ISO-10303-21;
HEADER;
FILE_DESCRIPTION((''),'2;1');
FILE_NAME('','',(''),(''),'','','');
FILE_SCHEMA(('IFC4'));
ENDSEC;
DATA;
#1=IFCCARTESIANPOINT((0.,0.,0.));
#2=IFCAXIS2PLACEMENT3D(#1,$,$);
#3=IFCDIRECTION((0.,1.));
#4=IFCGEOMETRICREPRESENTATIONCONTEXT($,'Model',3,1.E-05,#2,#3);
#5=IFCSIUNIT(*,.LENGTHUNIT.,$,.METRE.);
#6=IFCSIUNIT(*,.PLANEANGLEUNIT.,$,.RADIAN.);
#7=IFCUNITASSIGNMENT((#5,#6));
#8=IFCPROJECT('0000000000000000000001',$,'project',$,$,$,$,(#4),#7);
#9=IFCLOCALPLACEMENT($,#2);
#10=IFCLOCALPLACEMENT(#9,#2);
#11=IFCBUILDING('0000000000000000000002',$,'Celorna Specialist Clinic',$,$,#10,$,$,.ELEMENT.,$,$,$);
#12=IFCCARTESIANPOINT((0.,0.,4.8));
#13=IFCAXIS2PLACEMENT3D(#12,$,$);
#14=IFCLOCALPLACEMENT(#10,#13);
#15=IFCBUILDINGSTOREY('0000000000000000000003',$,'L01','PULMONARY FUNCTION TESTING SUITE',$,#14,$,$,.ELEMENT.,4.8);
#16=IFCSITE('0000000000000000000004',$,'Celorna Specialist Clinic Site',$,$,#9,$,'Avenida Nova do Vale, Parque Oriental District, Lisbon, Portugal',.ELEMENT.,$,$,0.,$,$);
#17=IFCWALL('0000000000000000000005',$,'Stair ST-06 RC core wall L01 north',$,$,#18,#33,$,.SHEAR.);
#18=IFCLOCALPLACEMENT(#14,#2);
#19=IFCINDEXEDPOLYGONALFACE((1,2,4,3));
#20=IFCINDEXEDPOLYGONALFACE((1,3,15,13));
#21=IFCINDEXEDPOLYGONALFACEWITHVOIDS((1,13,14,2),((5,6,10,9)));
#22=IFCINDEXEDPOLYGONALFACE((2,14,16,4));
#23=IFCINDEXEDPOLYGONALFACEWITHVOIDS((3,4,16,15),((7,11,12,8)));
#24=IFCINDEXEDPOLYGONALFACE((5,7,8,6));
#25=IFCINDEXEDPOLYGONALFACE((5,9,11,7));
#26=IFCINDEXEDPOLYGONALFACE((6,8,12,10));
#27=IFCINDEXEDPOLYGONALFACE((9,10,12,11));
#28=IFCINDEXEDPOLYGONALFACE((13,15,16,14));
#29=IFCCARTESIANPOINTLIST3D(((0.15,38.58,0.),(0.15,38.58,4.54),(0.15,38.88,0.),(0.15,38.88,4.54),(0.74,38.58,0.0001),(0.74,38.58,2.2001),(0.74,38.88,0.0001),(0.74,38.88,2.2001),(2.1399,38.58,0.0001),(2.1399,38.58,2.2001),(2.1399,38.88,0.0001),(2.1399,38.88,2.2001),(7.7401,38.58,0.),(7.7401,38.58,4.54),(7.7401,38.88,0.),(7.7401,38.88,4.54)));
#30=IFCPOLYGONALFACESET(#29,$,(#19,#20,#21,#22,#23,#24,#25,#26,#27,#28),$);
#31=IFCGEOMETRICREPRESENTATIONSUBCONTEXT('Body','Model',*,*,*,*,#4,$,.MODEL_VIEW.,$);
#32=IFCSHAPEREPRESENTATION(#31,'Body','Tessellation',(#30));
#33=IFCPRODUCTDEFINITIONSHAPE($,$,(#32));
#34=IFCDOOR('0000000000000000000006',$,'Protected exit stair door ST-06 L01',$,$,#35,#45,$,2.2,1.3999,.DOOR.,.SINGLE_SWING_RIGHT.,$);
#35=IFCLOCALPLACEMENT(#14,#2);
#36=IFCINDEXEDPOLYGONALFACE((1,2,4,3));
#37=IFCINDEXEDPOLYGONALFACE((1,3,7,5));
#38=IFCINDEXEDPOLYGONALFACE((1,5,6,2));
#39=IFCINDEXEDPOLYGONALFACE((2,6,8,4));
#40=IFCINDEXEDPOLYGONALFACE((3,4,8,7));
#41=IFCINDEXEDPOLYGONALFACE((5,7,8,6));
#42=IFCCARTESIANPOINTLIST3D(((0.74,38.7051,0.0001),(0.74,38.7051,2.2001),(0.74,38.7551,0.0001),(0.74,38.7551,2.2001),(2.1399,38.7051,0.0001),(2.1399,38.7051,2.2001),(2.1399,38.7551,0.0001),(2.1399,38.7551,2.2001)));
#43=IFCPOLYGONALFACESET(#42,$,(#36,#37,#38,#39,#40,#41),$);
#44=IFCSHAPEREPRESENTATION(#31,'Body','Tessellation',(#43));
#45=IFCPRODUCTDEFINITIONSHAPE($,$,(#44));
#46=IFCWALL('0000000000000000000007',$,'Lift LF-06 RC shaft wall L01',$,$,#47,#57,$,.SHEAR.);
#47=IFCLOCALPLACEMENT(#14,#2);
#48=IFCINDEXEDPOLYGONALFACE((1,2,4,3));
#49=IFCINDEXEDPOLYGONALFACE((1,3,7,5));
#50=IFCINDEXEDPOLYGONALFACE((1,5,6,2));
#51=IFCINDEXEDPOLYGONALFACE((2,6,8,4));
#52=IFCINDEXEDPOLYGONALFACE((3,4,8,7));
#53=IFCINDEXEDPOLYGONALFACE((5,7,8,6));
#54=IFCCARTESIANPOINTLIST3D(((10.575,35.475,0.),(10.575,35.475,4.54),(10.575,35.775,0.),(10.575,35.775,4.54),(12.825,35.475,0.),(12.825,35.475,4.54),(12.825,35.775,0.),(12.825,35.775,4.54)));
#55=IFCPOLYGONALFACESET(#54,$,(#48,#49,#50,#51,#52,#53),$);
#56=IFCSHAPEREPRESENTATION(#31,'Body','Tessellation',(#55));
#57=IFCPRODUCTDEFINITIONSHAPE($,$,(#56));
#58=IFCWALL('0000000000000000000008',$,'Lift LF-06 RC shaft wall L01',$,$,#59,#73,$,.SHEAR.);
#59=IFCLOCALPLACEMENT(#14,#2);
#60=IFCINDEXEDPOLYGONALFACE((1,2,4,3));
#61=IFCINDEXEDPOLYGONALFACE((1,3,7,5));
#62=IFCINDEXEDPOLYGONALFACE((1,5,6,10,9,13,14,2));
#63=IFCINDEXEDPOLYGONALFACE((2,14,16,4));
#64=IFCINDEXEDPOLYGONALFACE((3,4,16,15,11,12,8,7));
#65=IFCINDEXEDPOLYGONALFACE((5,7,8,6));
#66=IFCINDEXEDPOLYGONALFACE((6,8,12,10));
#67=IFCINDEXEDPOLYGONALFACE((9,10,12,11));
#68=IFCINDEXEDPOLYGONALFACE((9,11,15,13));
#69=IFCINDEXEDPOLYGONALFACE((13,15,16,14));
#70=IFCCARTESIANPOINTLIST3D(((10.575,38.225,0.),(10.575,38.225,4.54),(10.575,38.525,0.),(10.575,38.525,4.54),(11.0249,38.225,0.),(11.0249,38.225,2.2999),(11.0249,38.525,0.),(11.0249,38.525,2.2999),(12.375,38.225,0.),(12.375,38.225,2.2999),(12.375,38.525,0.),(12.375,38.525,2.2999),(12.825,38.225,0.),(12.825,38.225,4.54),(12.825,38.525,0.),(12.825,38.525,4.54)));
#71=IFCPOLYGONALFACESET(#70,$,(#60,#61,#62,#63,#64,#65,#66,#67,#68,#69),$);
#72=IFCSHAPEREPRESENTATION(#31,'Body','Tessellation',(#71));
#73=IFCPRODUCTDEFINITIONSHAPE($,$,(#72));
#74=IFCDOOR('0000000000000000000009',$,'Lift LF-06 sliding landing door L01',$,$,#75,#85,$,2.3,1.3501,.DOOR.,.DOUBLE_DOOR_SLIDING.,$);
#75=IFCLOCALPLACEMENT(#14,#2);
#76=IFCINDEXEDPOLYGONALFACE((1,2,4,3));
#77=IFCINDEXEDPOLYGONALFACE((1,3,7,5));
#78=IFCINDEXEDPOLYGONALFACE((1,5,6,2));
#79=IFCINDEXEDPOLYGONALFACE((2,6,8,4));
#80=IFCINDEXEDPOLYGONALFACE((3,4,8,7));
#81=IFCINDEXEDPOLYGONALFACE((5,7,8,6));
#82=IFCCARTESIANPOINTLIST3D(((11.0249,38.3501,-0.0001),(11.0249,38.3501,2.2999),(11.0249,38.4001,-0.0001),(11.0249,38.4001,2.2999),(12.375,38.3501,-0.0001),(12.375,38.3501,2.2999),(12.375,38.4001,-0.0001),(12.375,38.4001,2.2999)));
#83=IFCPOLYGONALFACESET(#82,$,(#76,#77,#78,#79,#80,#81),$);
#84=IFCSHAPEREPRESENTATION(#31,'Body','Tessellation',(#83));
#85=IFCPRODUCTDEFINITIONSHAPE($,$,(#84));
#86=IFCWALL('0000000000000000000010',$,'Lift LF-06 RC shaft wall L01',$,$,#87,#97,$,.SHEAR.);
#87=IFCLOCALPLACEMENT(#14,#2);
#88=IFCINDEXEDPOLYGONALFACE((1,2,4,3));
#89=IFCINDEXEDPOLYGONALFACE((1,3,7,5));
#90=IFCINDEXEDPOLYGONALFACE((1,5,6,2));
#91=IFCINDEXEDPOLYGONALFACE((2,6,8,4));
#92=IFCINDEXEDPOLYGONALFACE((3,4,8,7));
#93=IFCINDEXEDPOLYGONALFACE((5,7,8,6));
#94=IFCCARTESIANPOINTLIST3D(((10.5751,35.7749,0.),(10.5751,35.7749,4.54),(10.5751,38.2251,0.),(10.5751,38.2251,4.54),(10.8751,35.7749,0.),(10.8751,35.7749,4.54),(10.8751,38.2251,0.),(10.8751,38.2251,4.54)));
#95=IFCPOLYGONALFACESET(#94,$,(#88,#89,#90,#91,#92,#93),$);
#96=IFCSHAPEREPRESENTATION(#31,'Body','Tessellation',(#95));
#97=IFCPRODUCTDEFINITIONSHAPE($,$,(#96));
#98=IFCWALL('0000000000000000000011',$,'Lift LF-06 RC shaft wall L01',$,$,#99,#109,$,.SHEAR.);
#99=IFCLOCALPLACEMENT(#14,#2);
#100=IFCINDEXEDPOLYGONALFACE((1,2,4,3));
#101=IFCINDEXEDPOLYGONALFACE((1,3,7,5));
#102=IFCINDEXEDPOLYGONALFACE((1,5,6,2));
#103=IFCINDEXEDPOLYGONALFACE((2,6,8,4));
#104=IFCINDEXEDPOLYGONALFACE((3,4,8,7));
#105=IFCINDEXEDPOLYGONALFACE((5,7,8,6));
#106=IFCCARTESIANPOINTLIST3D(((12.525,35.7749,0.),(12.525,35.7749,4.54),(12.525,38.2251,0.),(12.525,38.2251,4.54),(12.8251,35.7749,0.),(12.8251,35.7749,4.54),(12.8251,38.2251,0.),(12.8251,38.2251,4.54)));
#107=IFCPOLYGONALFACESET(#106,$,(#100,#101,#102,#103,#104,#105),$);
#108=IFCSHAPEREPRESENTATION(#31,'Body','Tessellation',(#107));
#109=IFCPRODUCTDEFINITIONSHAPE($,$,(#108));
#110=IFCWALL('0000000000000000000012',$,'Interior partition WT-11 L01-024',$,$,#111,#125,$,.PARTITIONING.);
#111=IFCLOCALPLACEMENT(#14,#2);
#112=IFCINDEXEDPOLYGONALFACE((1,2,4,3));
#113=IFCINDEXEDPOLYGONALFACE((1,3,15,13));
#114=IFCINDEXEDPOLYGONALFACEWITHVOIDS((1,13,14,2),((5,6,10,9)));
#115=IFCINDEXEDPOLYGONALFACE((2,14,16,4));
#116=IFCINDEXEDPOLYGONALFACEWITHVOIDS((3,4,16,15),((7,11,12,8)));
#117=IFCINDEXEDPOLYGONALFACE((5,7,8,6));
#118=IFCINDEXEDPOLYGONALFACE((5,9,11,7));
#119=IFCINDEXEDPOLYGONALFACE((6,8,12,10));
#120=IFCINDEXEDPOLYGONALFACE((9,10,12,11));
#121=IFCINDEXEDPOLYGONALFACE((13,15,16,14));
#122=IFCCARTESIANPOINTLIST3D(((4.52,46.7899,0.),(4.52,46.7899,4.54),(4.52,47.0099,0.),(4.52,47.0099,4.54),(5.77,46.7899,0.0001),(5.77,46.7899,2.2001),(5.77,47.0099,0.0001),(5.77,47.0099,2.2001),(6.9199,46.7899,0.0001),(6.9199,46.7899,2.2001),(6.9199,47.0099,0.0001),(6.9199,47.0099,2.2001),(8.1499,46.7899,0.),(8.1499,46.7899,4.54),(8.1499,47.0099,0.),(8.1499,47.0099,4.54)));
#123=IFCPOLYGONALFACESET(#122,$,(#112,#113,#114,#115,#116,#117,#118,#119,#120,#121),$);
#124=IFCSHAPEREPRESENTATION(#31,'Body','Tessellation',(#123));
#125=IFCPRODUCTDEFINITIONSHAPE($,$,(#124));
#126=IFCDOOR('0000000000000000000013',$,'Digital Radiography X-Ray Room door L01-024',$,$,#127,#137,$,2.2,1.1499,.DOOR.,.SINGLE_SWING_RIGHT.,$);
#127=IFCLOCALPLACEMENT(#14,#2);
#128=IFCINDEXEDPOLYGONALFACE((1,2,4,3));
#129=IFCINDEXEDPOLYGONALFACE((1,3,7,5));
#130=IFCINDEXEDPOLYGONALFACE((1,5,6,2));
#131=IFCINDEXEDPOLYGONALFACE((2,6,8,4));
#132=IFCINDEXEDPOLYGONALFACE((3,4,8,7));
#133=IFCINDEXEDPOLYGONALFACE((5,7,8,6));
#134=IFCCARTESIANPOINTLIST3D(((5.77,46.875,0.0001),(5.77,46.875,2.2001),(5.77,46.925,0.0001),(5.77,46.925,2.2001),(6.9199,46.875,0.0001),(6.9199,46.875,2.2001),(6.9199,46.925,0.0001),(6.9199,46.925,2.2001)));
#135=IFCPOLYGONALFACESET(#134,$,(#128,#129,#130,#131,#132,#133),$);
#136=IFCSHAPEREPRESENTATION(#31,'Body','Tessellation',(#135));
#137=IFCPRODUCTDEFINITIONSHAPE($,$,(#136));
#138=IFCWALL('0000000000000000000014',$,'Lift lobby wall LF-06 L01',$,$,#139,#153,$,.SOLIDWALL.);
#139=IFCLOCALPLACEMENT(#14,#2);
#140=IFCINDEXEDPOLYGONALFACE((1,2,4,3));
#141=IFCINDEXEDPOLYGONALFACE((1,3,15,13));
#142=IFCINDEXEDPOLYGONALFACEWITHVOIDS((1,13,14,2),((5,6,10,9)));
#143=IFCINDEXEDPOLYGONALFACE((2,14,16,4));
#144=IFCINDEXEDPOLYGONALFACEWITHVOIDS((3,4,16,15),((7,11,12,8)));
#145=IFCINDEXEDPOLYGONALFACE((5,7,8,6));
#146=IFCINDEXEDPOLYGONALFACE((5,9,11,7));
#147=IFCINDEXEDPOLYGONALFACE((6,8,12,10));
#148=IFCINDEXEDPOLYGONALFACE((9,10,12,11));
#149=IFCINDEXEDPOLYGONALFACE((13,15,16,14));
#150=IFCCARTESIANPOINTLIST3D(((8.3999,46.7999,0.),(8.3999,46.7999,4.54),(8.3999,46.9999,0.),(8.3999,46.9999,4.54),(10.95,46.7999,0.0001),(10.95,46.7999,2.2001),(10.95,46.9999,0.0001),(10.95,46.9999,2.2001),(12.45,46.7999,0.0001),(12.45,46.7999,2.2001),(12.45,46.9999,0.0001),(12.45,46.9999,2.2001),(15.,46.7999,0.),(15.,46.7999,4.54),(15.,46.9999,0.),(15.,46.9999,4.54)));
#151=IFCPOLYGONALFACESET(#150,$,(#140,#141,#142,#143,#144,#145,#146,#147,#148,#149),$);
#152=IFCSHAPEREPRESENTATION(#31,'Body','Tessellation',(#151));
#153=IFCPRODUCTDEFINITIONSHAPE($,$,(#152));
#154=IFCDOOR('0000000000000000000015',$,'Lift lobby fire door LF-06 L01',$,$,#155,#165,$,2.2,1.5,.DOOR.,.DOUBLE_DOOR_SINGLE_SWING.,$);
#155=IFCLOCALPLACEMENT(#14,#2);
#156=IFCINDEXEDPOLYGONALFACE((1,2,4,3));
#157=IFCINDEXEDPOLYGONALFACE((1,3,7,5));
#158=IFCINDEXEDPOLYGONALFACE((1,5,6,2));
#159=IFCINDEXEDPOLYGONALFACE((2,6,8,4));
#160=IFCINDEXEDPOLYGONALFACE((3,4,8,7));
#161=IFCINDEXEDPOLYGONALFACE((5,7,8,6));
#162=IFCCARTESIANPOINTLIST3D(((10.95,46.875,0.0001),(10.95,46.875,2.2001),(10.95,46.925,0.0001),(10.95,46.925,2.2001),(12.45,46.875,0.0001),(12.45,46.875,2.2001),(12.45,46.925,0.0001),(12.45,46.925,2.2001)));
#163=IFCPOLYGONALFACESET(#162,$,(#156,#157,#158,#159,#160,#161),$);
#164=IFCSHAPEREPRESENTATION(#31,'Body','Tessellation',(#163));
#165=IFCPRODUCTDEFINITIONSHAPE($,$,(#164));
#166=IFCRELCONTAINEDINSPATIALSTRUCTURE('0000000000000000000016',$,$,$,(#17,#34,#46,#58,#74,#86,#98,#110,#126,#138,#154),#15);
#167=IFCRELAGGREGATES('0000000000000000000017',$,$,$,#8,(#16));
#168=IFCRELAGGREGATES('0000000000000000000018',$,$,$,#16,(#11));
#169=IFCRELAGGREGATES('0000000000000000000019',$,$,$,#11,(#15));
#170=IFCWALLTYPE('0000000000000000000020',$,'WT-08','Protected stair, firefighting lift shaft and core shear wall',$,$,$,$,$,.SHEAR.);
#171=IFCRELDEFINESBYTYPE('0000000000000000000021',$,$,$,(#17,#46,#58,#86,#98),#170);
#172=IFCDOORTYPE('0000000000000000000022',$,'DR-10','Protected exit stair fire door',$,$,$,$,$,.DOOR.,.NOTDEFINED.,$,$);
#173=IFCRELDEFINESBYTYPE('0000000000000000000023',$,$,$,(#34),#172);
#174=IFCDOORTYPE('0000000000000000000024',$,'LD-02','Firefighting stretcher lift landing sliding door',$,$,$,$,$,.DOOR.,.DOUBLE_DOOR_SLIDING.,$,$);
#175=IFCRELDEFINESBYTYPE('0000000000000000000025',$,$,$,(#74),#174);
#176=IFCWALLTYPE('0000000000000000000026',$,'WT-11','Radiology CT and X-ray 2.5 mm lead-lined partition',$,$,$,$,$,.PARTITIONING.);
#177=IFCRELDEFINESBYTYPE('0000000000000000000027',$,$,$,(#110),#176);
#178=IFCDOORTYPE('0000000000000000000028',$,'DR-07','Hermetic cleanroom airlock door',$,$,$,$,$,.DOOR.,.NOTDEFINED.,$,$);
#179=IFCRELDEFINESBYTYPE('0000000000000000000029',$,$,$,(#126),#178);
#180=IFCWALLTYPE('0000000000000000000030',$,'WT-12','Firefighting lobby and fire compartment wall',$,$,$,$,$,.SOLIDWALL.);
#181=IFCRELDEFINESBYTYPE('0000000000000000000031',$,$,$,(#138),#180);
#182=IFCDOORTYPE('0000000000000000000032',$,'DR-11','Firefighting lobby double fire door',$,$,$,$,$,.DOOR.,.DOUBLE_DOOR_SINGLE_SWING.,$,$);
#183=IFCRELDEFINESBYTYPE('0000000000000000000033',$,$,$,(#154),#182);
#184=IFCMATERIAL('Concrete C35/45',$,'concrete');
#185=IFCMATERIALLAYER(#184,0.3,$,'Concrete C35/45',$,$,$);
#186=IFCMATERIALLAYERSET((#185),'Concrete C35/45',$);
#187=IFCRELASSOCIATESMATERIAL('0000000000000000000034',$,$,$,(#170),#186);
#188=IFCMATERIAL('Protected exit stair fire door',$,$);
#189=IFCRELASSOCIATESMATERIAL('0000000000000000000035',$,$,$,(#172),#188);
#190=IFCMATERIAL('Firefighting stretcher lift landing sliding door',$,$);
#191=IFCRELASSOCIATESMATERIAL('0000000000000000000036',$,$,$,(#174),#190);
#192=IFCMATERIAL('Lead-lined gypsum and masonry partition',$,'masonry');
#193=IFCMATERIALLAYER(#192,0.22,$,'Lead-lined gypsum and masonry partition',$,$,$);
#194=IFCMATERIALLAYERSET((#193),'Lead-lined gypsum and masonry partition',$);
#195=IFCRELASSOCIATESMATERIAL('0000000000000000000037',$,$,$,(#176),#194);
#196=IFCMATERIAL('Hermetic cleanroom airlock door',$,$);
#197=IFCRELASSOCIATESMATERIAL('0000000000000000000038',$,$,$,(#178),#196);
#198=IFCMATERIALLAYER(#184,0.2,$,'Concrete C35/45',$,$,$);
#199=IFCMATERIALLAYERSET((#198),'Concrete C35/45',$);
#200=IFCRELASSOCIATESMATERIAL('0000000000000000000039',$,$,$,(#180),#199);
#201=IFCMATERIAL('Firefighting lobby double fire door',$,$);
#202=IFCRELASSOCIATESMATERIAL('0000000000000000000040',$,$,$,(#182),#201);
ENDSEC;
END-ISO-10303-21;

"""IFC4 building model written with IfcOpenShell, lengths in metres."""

from ifc_helpers import new_model, si_unit, direction, frame, frame_2d, origin, place, context, subcontext, project, spatial, rectangle, extrude, material, layer, layer_set, type_object, element, fill, save


model = new_model("IFC4")

# Units and contexts
model_context = context("Model", 3, precision=1e-05, world=origin(), true_north=direction((0.0, 1.0)))
body_context = subcontext(model_context, "Body", "Model", "MODEL_VIEW")
ifc_project = project(units=[si_unit("LENGTHUNIT", "METRE"), si_unit("PLANEANGLEUNIT", "RADIAN")], contexts=[model_context])

# Site, building, storey
site_placement = place(None, origin())
site = spatial("IfcSite", under=ifc_project, at=site_placement, Name="Celorna Specialist Clinic Site", LongName="Avenida Nova do Vale, Parque Oriental District, Lisbon, Portugal", CompositionType="ELEMENT", RefElevation=0.0)
building_placement = place(site_placement, origin())
building = spatial("IfcBuilding", under=site, at=building_placement, Name="Celorna Specialist Clinic", CompositionType="ELEMENT")
storey_placement = place(building_placement, frame((0.0, 0.0, 4.8)))
storey = spatial("IfcBuildingStorey", under=building, at=storey_placement, Name="L01", Description="PULMONARY FUNCTION TESTING SUITE", CompositionType="ELEMENT", Elevation=4.8)

# Shared definitions
ifc_material_1 = material(Name="Concrete C35/45", Category="concrete")

# Wall, opening, door
ifc_layer_1 = layer(ifc_material_1, 0.3, Name="Concrete C35/45")
ifc_layer_set_1 = layer_set([ifc_layer_1], Name="Concrete C35/45")
wall_type_1 = type_object("IfcWallType", Name="WT-08", Description="Protected stair, firefighting lift shaft and core shear wall", PredefinedType="SHEAR", material=ifc_layer_set_1)
wall_1_placement = place(storey_placement, frame((7.74, 38.73, 0.0), z_axis=(0.0, 0.0, 1.0), x_axis=(-1.0, 0.0, 0.0)))
wall_1 = element("IfcWall", 1, at=wall_1_placement, inside=storey, type_object=wall_type_1, Name="Stair ST-06 RC core wall L01 north", PredefinedType="SHEAR", context=body_context, shape_type="SweptSolid", body=[
    extrude(rectangle(XDim=7.5901, YDim=0.3, at=frame_2d((3.7949, 0.0))), origin(), (0.0, 0.0, 1.0), 4.54),
])
opening_1_placement = place(wall_1_placement, frame((5.6001, 0.0, 0.0)))
opening_1 = element("IfcOpeningElement", 2, at=opening_1_placement, cuts=wall_1, PredefinedType="OPENING", context=body_context, shape_type="SweptSolid", body=[
    extrude(rectangle(XDim=1.3999, YDim=2.2, at=frame_2d((0.7, 1.1001))), frame((0.0, 0.1599, 0.0), z_axis=(0.0, -1.0, 0.0), x_axis=(1.0, 0.0, 0.0)), (0.0, 0.0, 1.0), 0.3201),
])
ifc_material_2 = material(Name="Protected exit stair fire door")
door_type_1 = type_object("IfcDoorType", Name="DR-10", Description="Protected exit stair fire door", OperationType="NOTDEFINED", PredefinedType="DOOR", material=ifc_material_2)
door_1_placement = place(opening_1_placement, origin())
door_1 = element("IfcDoor", 3, at=door_1_placement, inside=storey, type_object=door_type_1, Name="Protected exit stair door ST-06 L01", OperationType="SINGLE_SWING_RIGHT", OverallHeight=2.2, OverallWidth=1.3999, PredefinedType="DOOR", context=body_context, shape_type="SweptSolid", body=[
    extrude(rectangle(XDim=1.3999, YDim=2.2, at=frame_2d((0.7, 1.1001))), frame((0.0, 0.0249, 0.0), z_axis=(0.0, -1.0, 0.0), x_axis=(1.0, 0.0, 0.0)), (0.0, 0.0, 1.0), 0.05),
])
fill(opening_1, door_1)

# Wall
wall_2_placement = place(storey_placement, frame((10.575, 35.625, 0.0), z_axis=(0.0, 0.0, 1.0), x_axis=(1.0, 0.0, 0.0)))
element("IfcWall", 4, at=wall_2_placement, inside=storey, type_object=wall_type_1, Name="Lift LF-06 RC shaft wall L01", PredefinedType="SHEAR", context=body_context, shape_type="SweptSolid", body=[
    extrude(rectangle(XDim=2.25, YDim=0.3, at=frame_2d((1.125, 0.0))), origin(), (0.0, 0.0, 1.0), 4.54),
])

# Wall, opening, door
wall_3_placement = place(storey_placement, frame((12.825, 38.375, 0.0), z_axis=(0.0, 0.0, 1.0), x_axis=(-1.0, 0.0, 0.0)))
wall_3 = element("IfcWall", 5, at=wall_3_placement, inside=storey, type_object=wall_type_1, Name="Lift LF-06 RC shaft wall L01", PredefinedType="SHEAR", context=body_context, shape_type="SweptSolid", body=[
    extrude(rectangle(XDim=2.25, YDim=0.3, at=frame_2d((1.125, 0.0))), origin(), (0.0, 0.0, 1.0), 4.54),
])
opening_2_placement = place(wall_3_placement, frame((0.45, 0.0, 0.0)))
opening_2 = element("IfcOpeningElement", 6, at=opening_2_placement, cuts=wall_3, PredefinedType="OPENING", context=body_context, shape_type="SweptSolid", body=[
    extrude(rectangle(XDim=1.3501, YDim=2.3, at=frame_2d((0.675, 1.1499))), frame((0.0, 0.1599, 0.0), z_axis=(0.0, -1.0, 0.0), x_axis=(1.0, 0.0, 0.0)), (0.0, 0.0, 1.0), 0.3201),
])
ifc_material_3 = material(Name="Firefighting stretcher lift landing sliding door")
door_type_2 = type_object("IfcDoorType", Name="LD-02", Description="Firefighting stretcher lift landing sliding door", OperationType="DOUBLE_DOOR_SLIDING", PredefinedType="DOOR", material=ifc_material_3)
door_2_placement = place(opening_2_placement, origin())
door_2 = element("IfcDoor", 7, at=door_2_placement, inside=storey, type_object=door_type_2, Name="Lift LF-06 sliding landing door L01", OperationType="DOUBLE_DOOR_SLIDING", OverallHeight=2.3, OverallWidth=1.3501, PredefinedType="DOOR", context=body_context, shape_type="SweptSolid", body=[
    extrude(rectangle(XDim=1.3501, YDim=2.3, at=frame_2d((0.675, 1.1499))), frame((0.0, 0.0249, 0.0), z_axis=(0.0, -1.0, 0.0), x_axis=(1.0, 0.0, 0.0)), (0.0, 0.0, 1.0), 0.05),
])
fill(opening_2, door_2)

# Walls
for number, where, z_axis, x_axis, name in (
    (8, (10.7251, 38.2251, 0.0), (0.0, 0.0, 1.0), (0.0, -1.0, 0.0), "Lift LF-06 RC shaft wall L01"),
    (9, (12.675, 35.7749, 0.0), (0.0, 0.0, 1.0), (0.0, 1.0, 0.0), "Lift LF-06 RC shaft wall L01"),
):
    element("IfcWall", number, at=place(storey_placement, frame(where, z_axis=z_axis, x_axis=x_axis)), inside=storey, type_object=wall_type_1, Name=name, PredefinedType="SHEAR", context=body_context, shape_type="SweptSolid", body=[
        extrude(rectangle(XDim=2.4502, YDim=0.3, at=frame_2d((1.2251, 0.0))), origin(), (0.0, 0.0, 1.0), 4.54),
    ])

# Walls, openings, doors
ifc_material_4 = material(Name="Lead-lined gypsum and masonry partition", Category="masonry")
ifc_layer_2 = layer(ifc_material_4, 0.22, Name="Lead-lined gypsum and masonry partition")
ifc_layer_set_2 = layer_set([ifc_layer_2], Name="Lead-lined gypsum and masonry partition")
wall_type_2 = type_object("IfcWallType", Name="WT-11", Description="Radiology CT and X-ray 2.5 mm lead-lined partition", PredefinedType="PARTITIONING", material=ifc_layer_set_2)
wall_4_placement = place(storey_placement, frame((8.1499, 46.8999, 0.0), z_axis=(0.0, 0.0, 1.0), x_axis=(-1.0, 0.0, 0.0)))
wall_4 = element("IfcWall", 10, at=wall_4_placement, inside=storey, type_object=wall_type_2, Name="Interior partition WT-11 L01-024", PredefinedType="PARTITIONING", context=body_context, shape_type="SweptSolid", body=[
    extrude(rectangle(XDim=3.6299, YDim=0.22, at=frame_2d((1.8149, 0.0))), origin(), (0.0, 0.0, 1.0), 4.54),
])
opening_3_placement = place(wall_4_placement, frame((1.23, 0.0, 0.0)))
opening_3 = element("IfcOpeningElement", 11, at=opening_3_placement, cuts=wall_4, PredefinedType="OPENING", context=body_context, shape_type="SweptSolid", body=[
    extrude(rectangle(XDim=1.1499, YDim=2.2, at=frame_2d((0.575, 1.1001))), frame((0.0, 0.1199, 0.0), z_axis=(0.0, -1.0, 0.0), x_axis=(1.0, 0.0, 0.0)), (0.0, 0.0, 1.0), 0.24),
])
ifc_material_5 = material(Name="Hermetic cleanroom airlock door")
door_type_3 = type_object("IfcDoorType", Name="DR-07", Description="Hermetic cleanroom airlock door", OperationType="NOTDEFINED", PredefinedType="DOOR", material=ifc_material_5)
door_3_placement = place(opening_3_placement, origin())
door_3 = element("IfcDoor", 12, at=door_3_placement, inside=storey, type_object=door_type_3, Name="Digital Radiography X-Ray Room door L01-024", OperationType="SINGLE_SWING_RIGHT", OverallHeight=2.2, OverallWidth=1.1499, PredefinedType="DOOR", context=body_context, shape_type="SweptSolid", body=[
    extrude(rectangle(XDim=1.1499, YDim=2.2, at=frame_2d((0.575, 1.1001))), frame((0.0, 0.0249, 0.0), z_axis=(0.0, -1.0, 0.0), x_axis=(1.0, 0.0, 0.0)), (0.0, 0.0, 1.0), 0.05),
])
fill(opening_3, door_3)
ifc_layer_3 = layer(ifc_material_1, 0.2, Name="Concrete C35/45")
ifc_layer_set_3 = layer_set([ifc_layer_3], Name="Concrete C35/45")
wall_type_3 = type_object("IfcWallType", Name="WT-12", Description="Firefighting lobby and fire compartment wall", PredefinedType="SOLIDWALL", material=ifc_layer_set_3)
wall_5_placement = place(storey_placement, frame((15.0, 46.8999, 0.0), z_axis=(0.0, 0.0, 1.0), x_axis=(-1.0, 0.0, 0.0)))
wall_5 = element("IfcWall", 13, at=wall_5_placement, inside=storey, type_object=wall_type_3, Name="Lift lobby wall LF-06 L01", PredefinedType="SOLIDWALL", context=body_context, shape_type="SweptSolid", body=[
    extrude(rectangle(XDim=6.6001, YDim=0.2, at=frame_2d((3.3, 0.0))), origin(), (0.0, 0.0, 1.0), 4.54),
])
opening_4_placement = place(wall_5_placement, frame((2.55, 0.0, 0.0)))
opening_4 = element("IfcOpeningElement", 14, at=opening_4_placement, cuts=wall_5, PredefinedType="OPENING", context=body_context, shape_type="SweptSolid", body=[
    extrude(rectangle(XDim=1.5, YDim=2.2, at=frame_2d((0.75, 1.1001))), frame((0.0, 0.1099, 0.0), z_axis=(0.0, -1.0, 0.0), x_axis=(1.0, 0.0, 0.0)), (0.0, 0.0, 1.0), 0.22),
])
ifc_material_6 = material(Name="Firefighting lobby double fire door")
door_type_4 = type_object("IfcDoorType", Name="DR-11", Description="Firefighting lobby double fire door", OperationType="DOUBLE_DOOR_SINGLE_SWING", PredefinedType="DOOR", material=ifc_material_6)
door_4_placement = place(opening_4_placement, origin())
door_4 = element("IfcDoor", 15, at=door_4_placement, inside=storey, type_object=door_type_4, Name="Lift lobby fire door LF-06 L01", OperationType="DOUBLE_DOOR_SINGLE_SWING", OverallHeight=2.2, OverallWidth=1.5, PredefinedType="DOOR", context=body_context, shape_type="SweptSolid", body=[
    extrude(rectangle(XDim=1.5, YDim=2.2, at=frame_2d((0.75, 1.1001))), frame((0.0, 0.0249, 0.0), z_axis=(0.0, -1.0, 0.0), x_axis=(1.0, 0.0, 0.0)), (0.0, 0.0, 1.0), 0.05),
])
fill(opening_4, door_4)

save(model, "model.ifc")
